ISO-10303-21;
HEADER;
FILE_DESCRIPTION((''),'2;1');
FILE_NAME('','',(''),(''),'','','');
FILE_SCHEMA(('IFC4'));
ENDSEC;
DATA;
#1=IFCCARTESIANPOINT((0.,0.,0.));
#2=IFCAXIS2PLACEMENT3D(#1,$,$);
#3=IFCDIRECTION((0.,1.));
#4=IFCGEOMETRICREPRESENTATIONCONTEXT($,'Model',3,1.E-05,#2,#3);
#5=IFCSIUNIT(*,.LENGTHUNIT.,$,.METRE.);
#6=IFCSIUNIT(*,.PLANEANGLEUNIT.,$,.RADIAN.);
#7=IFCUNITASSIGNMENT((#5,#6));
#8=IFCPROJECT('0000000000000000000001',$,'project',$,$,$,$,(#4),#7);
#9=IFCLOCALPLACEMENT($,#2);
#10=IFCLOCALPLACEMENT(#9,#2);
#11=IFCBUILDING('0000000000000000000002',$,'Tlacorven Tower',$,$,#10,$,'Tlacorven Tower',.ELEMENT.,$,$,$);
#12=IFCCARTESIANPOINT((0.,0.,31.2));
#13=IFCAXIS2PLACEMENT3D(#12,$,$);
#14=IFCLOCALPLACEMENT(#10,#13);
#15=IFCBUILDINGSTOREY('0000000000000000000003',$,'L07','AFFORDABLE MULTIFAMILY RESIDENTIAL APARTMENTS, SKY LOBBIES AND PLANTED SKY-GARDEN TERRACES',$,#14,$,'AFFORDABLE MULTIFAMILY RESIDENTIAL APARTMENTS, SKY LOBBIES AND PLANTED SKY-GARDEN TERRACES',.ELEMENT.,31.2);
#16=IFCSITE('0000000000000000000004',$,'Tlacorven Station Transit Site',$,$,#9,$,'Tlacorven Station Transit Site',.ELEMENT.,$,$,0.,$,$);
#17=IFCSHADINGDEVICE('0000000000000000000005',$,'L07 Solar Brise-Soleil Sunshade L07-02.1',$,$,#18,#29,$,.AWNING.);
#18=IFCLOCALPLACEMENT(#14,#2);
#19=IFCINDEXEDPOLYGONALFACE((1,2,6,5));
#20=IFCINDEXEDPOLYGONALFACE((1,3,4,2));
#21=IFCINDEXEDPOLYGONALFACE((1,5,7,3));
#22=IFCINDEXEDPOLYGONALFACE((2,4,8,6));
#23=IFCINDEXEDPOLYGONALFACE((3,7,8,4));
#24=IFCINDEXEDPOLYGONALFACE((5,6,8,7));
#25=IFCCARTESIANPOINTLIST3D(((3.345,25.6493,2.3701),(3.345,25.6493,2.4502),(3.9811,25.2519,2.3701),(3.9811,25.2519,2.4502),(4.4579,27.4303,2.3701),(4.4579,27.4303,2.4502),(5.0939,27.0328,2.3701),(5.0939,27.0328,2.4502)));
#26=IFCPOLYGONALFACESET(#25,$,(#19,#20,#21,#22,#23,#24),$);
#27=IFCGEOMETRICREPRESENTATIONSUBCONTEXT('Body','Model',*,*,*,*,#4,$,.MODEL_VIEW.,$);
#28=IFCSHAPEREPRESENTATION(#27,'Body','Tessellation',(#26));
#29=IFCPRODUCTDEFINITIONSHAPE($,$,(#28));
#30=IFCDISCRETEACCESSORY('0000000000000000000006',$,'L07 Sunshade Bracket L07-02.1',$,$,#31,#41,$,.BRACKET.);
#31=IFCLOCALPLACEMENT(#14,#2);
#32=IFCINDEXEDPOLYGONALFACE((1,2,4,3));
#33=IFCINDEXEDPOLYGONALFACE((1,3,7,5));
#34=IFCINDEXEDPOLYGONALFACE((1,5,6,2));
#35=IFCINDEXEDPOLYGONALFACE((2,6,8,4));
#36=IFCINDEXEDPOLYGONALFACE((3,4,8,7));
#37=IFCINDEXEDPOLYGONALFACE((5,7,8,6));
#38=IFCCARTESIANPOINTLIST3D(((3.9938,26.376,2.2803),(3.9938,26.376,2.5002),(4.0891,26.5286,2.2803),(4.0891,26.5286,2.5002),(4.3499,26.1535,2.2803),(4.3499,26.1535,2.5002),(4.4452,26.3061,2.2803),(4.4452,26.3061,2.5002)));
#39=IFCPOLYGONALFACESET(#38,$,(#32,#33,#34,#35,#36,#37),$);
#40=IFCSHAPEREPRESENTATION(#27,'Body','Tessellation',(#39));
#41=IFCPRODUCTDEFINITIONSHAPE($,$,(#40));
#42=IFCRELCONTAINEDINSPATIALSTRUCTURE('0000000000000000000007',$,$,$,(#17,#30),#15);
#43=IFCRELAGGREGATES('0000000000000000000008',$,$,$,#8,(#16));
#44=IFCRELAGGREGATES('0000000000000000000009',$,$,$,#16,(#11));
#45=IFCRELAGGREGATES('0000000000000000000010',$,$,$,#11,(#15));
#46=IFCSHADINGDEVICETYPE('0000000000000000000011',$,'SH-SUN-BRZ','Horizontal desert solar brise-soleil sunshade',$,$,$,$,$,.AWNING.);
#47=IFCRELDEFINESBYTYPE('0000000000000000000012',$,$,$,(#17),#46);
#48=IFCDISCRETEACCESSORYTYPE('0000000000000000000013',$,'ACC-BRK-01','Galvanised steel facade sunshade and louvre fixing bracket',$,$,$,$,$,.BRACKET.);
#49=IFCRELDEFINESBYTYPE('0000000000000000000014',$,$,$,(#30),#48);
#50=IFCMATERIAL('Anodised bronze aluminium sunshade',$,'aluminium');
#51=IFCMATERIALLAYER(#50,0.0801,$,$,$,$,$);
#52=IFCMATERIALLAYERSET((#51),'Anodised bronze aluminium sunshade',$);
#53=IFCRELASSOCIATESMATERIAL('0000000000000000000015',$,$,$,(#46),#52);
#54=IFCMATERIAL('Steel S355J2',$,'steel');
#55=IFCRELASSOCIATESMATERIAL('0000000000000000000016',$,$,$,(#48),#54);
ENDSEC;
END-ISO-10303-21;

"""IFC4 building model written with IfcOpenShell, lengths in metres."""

from ifc_helpers import new_model, si_unit, direction, frame, origin, origin_2d, place, context, subcontext, project, spatial, rectangle, extrude, source, transform, mapped, material, layer, layer_set, type_object, element, save


model = new_model("IFC4")

# Units and contexts
model_context = context("Model", 3, precision=1e-05, world=origin(), true_north=direction((0.0, 1.0)))
body_context = subcontext(model_context, "Body", "Model", "MODEL_VIEW")
ifc_project = project(units=[si_unit("LENGTHUNIT", "METRE"), si_unit("PLANEANGLEUNIT", "RADIAN")], contexts=[model_context])

# Site, building, storey
site_placement = place(None, origin())
site = spatial("IfcSite", under=ifc_project, at=site_placement, Name="Tlacorven Station Transit Site", LongName="Tlacorven Station Transit Site", CompositionType="ELEMENT", RefElevation=0.0)
building_placement = place(site_placement, origin())
building = spatial("IfcBuilding", under=site, at=building_placement, Name="Tlacorven Tower", LongName="Tlacorven Tower", CompositionType="ELEMENT")
storey_placement = place(building_placement, frame((0.0, 0.0, 31.2)))
storey = spatial("IfcBuildingStorey", under=building, at=storey_placement, Name="L07", Description="AFFORDABLE MULTIFAMILY RESIDENTIAL APARTMENTS, SKY LOBBIES AND PLANTED SKY-GARDEN TERRACES", LongName="AFFORDABLE MULTIFAMILY RESIDENTIAL APARTMENTS, SKY LOBBIES AND PLANTED SKY-GARDEN TERRACES", CompositionType="ELEMENT", Elevation=31.2)

# Shared definitions
ifc_material_1 = material(Name="Steel S355J2", Category="steel")

# Shading device
ifc_material_2 = material(Name="Anodised bronze aluminium sunshade", Category="aluminium")
ifc_layer_1 = layer(ifc_material_2, 0.0801)
ifc_layer_set_1 = layer_set([ifc_layer_1], Name="Anodised bronze aluminium sunshade")
shading_device_type = type_object("IfcShadingDeviceType", Name="SH-SUN-BRZ", Description="Horizontal desert solar brise-soleil sunshade", PredefinedType="AWNING", material=ifc_layer_set_1)
shared_shape_1 = source(origin(), body_context, "Body", "SweptSolid", [
    extrude(rectangle(XDim=2.1001, YDim=0.75, at=origin_2d()), origin(), (0.0, 0.0, 1.0), 0.0801),
])
shading_device_placement = place(storey_placement, frame((4.2195, 26.3411, 2.3701), z_axis=(0.0, 0.0, 1.0), x_axis=(0.529919, 0.848048, 0.0)))
element("IfcShadingDevice", 1, at=shading_device_placement, inside=storey, type_object=shading_device_type, Name="L07 Solar Brise-Soleil Sunshade L07-02.1", PredefinedType="AWNING", context=body_context, shape_type="MappedRepresentation", body=[
    mapped(shared_shape_1, transform((0.0, 0.0, 0.0), scale=1.0)),
])

# Discrete accessory
discrete_accessory_type = type_object("IfcDiscreteAccessoryType", Name="ACC-BRK-01", Description="Galvanised steel facade sunshade and louvre fixing bracket", PredefinedType="BRACKET", material=ifc_material_1)
shared_shape_2 = source(origin(), body_context, "Body", "SweptSolid", [
    extrude(rectangle(XDim=0.1799, YDim=0.4199, at=origin_2d()), origin(), (0.0, 0.0, 1.0), 0.22),
])
discrete_accessory_placement = place(storey_placement, frame((4.2195, 26.3411, 2.2803), z_axis=(0.0, 0.0, 1.0), x_axis=(0.529919, 0.848048, 0.0)))
element("IfcDiscreteAccessory", 2, at=discrete_accessory_placement, inside=storey, type_object=discrete_accessory_type, Name="L07 Sunshade Bracket L07-02.1", PredefinedType="BRACKET", context=body_context, shape_type="MappedRepresentation", body=[
    mapped(shared_shape_2, transform((0.0, 0.0, 0.0), scale=1.0)),
])

save(model, "model.ifc")
